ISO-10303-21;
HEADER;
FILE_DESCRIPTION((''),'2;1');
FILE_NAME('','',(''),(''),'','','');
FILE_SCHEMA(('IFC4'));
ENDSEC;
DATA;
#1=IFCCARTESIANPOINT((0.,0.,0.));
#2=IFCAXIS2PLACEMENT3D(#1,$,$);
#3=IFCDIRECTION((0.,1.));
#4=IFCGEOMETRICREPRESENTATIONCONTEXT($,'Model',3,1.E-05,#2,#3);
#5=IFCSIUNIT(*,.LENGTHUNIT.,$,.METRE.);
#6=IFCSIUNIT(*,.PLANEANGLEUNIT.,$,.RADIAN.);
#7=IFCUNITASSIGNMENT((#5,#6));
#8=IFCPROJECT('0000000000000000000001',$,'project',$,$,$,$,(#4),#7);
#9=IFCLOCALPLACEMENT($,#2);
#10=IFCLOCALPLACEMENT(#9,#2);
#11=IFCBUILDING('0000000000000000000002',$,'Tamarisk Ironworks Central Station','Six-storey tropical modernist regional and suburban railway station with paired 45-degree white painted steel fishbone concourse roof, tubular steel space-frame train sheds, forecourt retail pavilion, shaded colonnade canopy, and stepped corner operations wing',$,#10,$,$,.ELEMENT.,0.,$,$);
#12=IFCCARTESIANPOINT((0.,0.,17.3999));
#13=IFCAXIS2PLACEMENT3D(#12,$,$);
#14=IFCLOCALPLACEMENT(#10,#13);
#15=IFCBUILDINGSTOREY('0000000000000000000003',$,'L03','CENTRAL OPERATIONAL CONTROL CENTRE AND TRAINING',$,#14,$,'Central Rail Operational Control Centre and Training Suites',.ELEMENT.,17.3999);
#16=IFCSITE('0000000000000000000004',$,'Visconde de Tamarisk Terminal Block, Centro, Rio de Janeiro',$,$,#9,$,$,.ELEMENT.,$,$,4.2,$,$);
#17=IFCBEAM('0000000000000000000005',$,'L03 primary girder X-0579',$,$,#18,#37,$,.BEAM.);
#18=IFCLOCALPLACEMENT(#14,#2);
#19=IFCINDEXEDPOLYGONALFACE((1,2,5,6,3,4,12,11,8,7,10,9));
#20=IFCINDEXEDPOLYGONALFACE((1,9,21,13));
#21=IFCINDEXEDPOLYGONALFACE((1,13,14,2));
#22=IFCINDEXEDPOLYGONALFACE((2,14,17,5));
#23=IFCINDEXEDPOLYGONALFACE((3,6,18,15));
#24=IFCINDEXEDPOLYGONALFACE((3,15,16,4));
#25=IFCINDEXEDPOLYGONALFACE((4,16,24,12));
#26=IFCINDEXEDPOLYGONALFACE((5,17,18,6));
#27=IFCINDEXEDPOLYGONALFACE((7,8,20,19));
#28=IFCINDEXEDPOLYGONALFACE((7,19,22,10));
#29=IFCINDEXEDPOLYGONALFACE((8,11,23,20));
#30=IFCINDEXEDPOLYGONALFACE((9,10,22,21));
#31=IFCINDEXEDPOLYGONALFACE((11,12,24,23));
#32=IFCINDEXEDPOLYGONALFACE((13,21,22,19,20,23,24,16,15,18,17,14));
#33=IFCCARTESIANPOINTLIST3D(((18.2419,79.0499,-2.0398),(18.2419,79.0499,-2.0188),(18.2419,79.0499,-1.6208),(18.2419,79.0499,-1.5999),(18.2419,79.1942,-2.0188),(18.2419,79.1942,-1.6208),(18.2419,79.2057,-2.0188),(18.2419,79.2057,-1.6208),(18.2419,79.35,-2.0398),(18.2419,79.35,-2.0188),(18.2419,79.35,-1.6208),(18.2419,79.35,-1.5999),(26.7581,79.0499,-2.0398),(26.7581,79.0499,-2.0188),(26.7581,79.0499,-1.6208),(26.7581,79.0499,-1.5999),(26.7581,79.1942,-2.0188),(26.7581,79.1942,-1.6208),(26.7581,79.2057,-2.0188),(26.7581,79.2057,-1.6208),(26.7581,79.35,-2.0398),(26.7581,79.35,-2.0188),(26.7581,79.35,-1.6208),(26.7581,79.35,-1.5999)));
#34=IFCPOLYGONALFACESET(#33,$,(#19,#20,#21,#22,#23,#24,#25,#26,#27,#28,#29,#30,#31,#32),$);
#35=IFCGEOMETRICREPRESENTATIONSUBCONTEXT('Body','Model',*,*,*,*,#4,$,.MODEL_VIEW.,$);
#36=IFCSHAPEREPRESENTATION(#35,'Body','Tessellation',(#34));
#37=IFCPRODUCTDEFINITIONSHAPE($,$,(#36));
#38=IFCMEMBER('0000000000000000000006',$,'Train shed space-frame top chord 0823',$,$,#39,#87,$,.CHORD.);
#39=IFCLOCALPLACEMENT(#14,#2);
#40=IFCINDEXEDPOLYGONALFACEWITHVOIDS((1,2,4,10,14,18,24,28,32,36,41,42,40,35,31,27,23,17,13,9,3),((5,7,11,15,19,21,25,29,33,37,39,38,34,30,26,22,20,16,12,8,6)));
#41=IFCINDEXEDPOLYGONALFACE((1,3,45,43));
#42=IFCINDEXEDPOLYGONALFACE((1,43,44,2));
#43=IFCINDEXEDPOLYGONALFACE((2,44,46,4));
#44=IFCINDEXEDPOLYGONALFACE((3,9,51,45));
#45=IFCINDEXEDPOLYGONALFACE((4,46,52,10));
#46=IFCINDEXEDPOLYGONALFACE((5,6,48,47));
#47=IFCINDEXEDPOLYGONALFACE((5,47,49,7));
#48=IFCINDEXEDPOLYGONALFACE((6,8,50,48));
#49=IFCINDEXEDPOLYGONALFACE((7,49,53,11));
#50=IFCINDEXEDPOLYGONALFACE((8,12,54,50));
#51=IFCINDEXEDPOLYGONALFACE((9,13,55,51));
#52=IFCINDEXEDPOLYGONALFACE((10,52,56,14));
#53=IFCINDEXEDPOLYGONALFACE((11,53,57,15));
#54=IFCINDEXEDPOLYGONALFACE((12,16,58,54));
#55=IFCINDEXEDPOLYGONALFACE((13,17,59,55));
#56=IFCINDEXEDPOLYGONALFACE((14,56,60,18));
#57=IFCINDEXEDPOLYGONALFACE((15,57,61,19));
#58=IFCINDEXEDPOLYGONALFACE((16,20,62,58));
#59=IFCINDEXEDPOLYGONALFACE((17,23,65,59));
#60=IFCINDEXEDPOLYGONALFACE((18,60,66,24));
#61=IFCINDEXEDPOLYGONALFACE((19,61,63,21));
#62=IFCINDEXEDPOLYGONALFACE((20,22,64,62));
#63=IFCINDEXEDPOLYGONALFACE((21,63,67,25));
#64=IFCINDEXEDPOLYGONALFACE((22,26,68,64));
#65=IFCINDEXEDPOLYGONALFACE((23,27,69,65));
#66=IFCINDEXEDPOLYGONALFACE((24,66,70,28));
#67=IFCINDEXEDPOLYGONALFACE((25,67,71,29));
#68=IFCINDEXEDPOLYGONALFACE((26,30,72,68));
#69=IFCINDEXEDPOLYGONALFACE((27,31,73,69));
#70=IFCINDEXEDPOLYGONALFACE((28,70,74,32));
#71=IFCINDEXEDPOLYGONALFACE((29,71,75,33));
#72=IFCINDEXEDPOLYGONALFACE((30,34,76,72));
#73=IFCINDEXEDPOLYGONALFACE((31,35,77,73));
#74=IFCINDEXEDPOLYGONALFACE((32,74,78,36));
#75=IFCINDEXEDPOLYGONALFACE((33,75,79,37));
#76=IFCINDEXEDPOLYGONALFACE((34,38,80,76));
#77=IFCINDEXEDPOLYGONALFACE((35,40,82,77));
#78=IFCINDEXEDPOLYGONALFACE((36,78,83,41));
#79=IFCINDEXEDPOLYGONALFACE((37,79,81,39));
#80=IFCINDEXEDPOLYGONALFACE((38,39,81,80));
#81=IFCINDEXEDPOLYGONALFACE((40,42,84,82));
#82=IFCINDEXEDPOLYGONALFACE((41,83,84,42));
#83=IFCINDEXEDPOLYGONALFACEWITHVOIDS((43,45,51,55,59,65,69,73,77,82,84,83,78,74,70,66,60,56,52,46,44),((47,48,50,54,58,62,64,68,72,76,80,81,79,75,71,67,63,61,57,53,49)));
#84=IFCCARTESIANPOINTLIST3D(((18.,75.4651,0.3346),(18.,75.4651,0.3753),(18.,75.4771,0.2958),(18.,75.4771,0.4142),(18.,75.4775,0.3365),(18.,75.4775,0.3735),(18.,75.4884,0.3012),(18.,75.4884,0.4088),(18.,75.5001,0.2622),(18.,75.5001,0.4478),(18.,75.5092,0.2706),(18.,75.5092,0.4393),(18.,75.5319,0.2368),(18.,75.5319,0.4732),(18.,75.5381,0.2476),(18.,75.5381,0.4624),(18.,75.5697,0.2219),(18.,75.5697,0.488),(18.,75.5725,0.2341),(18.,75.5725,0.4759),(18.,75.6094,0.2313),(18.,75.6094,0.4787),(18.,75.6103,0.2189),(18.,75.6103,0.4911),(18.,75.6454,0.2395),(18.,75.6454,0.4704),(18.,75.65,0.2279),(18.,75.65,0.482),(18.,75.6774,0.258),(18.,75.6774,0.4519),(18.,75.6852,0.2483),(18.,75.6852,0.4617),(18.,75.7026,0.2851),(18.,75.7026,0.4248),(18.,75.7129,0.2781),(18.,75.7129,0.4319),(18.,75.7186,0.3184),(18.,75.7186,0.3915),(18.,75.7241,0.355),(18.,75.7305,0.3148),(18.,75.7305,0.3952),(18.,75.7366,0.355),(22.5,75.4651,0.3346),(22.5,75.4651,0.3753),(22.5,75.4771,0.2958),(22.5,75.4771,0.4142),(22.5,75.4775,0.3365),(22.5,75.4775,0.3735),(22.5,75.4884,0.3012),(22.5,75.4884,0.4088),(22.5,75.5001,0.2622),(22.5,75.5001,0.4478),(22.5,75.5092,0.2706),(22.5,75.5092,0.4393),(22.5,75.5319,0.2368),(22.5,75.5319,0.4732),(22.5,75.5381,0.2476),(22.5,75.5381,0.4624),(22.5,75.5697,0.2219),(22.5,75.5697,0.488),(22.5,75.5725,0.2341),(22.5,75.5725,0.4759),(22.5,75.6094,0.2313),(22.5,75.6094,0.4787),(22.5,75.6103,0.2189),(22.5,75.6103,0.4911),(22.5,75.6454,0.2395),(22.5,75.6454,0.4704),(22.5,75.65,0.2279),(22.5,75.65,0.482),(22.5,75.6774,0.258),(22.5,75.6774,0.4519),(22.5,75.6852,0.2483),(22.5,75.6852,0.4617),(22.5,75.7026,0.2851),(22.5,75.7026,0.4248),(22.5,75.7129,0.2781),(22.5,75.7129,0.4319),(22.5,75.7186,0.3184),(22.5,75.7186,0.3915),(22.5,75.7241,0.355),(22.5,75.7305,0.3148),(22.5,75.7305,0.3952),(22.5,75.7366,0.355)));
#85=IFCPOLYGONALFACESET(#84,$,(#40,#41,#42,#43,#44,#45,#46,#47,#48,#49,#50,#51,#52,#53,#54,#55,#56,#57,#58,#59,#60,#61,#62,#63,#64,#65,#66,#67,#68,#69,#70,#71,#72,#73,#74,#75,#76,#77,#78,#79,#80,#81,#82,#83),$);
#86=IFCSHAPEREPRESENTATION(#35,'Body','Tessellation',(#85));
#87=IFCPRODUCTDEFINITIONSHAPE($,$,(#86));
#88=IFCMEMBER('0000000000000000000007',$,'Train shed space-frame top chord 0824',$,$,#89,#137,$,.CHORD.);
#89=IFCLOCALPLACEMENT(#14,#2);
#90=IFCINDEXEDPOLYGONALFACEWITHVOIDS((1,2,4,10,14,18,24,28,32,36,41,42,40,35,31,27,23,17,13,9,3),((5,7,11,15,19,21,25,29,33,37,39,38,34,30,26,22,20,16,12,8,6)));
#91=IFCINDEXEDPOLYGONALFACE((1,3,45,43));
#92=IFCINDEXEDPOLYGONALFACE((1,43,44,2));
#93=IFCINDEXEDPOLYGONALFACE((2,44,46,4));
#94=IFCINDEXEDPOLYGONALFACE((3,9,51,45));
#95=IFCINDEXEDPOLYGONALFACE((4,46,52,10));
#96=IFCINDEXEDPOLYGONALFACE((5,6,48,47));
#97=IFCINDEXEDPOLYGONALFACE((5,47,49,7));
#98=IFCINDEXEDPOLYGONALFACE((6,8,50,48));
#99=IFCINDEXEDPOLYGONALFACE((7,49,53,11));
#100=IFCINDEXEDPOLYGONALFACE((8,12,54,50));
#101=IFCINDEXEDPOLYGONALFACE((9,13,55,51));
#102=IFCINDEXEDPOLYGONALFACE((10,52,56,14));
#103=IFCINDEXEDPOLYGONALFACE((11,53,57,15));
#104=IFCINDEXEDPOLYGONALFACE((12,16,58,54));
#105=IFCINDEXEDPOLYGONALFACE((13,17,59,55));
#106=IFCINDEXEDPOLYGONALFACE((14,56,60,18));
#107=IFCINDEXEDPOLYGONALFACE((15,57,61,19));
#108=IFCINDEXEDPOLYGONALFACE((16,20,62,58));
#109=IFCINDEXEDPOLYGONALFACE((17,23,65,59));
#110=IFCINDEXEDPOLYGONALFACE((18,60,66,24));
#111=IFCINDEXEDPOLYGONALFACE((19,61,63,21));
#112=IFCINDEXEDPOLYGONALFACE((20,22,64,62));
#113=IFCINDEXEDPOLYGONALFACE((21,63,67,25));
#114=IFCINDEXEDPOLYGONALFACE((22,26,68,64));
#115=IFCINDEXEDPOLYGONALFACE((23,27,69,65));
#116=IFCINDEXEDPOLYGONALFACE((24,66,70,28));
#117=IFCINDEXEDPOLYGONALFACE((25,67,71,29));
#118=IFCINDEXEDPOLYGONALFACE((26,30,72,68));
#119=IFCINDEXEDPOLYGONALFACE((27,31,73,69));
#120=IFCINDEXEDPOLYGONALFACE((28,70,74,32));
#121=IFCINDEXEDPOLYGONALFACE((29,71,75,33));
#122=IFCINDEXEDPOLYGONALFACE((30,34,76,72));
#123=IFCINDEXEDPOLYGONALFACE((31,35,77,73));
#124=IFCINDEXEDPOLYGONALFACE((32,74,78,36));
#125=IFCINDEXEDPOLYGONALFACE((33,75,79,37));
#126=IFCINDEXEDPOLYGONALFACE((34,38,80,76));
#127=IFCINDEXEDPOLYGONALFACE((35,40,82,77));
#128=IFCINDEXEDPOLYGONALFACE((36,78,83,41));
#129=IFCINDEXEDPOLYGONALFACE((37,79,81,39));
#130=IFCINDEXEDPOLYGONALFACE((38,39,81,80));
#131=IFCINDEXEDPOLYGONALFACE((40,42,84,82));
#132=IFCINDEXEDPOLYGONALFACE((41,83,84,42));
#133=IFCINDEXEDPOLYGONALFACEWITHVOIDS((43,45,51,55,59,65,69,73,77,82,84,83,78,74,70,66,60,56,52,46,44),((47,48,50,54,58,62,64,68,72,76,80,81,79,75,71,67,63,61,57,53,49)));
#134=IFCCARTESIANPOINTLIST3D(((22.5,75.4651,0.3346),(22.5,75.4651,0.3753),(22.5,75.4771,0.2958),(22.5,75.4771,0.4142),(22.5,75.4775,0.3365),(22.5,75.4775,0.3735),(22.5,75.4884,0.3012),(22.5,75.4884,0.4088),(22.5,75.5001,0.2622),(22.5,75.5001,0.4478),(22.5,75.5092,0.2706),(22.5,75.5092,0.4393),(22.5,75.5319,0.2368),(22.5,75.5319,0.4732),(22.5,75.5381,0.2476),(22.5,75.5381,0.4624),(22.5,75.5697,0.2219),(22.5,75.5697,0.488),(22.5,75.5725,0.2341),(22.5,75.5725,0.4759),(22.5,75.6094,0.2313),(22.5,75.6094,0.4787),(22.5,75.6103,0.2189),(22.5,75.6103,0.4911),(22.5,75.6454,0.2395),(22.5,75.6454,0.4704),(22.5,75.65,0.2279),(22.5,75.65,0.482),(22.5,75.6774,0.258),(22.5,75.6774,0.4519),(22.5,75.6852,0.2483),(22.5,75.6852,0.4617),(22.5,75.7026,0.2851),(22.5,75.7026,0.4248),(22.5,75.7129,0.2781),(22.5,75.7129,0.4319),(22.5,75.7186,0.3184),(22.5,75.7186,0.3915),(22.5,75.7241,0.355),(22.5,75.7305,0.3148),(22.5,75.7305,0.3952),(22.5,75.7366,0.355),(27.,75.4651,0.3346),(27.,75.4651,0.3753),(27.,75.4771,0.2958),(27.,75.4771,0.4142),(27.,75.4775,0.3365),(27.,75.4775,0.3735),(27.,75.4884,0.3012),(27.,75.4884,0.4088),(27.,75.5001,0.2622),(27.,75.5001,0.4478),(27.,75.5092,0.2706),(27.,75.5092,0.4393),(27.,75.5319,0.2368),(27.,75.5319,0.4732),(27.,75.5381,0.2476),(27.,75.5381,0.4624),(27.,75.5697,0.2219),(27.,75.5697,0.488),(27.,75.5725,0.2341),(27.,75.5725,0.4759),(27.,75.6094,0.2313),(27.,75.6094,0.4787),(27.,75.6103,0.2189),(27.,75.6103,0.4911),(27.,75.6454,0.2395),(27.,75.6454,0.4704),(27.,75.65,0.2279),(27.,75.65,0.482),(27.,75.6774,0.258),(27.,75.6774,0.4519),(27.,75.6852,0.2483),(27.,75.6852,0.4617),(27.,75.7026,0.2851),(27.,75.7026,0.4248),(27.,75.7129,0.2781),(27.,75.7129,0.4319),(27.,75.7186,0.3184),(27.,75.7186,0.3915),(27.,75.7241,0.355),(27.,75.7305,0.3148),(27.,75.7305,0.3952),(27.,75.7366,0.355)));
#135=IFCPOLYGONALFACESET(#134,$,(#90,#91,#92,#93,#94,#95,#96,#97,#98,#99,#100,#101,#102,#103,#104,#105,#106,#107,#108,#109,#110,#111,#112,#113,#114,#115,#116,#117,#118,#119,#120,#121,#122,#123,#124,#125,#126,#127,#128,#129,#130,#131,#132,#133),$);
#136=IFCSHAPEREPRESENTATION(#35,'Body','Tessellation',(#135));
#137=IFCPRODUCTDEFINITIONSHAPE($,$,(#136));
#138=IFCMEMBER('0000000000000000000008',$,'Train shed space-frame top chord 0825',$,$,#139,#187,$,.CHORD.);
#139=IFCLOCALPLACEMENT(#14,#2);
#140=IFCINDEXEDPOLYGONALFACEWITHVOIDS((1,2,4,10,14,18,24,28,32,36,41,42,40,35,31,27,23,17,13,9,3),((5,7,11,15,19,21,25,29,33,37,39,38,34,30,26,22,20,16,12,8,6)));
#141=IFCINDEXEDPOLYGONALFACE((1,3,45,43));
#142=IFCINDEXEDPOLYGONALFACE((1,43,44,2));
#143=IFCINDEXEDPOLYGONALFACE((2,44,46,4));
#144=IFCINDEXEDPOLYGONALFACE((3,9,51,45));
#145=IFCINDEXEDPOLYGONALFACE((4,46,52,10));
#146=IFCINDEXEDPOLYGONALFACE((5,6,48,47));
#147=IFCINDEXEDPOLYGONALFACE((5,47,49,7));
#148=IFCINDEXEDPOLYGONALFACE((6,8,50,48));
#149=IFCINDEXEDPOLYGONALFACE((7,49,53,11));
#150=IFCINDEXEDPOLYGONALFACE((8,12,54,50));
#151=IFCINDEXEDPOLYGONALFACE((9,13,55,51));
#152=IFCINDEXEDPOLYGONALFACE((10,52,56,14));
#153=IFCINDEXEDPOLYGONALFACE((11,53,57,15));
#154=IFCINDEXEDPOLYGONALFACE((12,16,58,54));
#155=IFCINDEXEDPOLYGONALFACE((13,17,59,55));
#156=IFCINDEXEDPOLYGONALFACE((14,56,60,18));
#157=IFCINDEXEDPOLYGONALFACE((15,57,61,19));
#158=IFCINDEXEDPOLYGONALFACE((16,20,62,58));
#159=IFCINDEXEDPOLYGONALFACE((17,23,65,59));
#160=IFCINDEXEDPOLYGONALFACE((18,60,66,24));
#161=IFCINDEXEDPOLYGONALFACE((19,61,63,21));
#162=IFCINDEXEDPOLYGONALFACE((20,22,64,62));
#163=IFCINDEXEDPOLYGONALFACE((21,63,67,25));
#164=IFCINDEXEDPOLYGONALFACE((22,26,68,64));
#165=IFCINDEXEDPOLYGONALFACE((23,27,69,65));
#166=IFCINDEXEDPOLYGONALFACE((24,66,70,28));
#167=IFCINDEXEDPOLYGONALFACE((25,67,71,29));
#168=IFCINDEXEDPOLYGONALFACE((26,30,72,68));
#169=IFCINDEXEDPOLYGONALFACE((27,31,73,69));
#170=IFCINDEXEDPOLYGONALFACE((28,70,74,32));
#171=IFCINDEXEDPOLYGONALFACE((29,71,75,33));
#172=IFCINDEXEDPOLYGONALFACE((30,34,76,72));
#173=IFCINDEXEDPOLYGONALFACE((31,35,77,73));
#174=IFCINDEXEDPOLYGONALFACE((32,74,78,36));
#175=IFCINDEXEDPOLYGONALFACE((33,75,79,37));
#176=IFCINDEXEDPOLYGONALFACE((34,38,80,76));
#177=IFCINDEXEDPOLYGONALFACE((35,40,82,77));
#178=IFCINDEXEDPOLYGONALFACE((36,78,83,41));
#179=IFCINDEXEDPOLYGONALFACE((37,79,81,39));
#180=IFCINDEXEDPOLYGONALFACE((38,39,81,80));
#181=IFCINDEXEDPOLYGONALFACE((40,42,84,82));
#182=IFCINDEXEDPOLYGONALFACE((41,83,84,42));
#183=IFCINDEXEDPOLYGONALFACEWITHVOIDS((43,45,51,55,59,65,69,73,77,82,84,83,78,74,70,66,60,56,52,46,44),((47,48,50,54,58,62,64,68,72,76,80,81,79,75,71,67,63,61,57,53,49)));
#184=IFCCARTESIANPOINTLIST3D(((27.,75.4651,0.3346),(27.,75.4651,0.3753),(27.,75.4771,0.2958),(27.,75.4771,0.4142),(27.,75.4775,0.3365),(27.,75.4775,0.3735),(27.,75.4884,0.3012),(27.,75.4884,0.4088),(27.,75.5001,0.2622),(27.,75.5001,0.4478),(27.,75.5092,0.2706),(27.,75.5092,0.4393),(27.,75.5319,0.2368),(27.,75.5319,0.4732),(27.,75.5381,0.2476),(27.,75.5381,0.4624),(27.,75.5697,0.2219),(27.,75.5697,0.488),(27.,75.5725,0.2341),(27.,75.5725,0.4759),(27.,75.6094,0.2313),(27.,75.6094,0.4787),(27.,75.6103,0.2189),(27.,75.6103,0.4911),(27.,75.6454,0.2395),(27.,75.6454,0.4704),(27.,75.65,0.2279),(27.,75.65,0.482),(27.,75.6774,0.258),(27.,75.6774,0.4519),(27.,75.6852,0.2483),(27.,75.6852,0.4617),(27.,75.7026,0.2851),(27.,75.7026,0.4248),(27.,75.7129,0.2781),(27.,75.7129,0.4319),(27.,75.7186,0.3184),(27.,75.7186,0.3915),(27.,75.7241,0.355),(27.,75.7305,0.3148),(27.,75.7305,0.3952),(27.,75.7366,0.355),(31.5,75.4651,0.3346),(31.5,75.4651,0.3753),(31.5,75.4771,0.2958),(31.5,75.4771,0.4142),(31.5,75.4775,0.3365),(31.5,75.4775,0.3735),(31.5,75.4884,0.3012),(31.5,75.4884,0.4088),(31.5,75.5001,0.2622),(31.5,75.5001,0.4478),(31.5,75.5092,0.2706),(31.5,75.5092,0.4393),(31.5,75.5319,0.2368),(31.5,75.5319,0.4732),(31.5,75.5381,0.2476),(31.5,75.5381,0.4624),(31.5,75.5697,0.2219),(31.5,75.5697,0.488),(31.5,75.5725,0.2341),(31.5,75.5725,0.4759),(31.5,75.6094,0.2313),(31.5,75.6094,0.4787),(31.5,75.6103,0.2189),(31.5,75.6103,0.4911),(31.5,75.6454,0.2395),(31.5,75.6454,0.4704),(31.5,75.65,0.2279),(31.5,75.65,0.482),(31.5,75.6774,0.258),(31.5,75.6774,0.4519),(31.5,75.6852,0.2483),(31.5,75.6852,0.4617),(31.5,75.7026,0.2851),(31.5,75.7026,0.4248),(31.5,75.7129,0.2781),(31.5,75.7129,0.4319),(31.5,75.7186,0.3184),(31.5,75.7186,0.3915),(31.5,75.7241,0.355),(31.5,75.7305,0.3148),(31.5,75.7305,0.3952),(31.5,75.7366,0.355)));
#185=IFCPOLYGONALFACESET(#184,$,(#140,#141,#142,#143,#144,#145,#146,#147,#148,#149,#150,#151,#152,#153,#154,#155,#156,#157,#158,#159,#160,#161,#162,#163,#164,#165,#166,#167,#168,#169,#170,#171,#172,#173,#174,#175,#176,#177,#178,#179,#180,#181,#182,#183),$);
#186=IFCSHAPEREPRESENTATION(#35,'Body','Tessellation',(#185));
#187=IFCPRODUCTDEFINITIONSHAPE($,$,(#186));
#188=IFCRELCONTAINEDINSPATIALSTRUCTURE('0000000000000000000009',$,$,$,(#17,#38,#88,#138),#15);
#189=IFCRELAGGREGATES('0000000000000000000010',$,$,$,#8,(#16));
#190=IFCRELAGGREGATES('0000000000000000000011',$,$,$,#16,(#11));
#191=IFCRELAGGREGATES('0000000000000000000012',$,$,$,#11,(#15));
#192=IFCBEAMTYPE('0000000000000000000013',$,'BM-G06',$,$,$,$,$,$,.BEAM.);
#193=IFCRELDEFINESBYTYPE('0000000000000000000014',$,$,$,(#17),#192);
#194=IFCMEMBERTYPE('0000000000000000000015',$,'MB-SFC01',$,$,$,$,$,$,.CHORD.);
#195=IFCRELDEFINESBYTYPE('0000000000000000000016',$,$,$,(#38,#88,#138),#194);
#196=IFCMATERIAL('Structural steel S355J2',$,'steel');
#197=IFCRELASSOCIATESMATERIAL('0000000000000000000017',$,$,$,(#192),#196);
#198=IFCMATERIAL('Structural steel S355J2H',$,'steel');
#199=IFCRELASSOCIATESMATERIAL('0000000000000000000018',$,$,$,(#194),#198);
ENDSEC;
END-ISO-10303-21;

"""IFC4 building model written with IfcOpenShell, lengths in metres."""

from ifc_helpers import new_model, si_unit, direction, frame, origin, origin_2d, place, context, subcontext, project, spatial, hollow_circle, i_section, extrude, material, material_profile, profile_set, type_object, element, save


model = new_model("IFC4")

# Units and contexts
model_context = context("Model", 3, precision=1e-05, world=origin(), true_north=direction((0.0, 1.0)))
body_context = subcontext(model_context, "Body", "Model", "MODEL_VIEW")
ifc_project = project(units=[si_unit("LENGTHUNIT", "METRE"), si_unit("PLANEANGLEUNIT", "RADIAN")], contexts=[model_context])

# Site, building, storey
site_placement = place(None, origin())
site = spatial("IfcSite", under=ifc_project, at=site_placement, Name="Visconde de Tamarisk Terminal Block, Centro, Rio de Janeiro", CompositionType="ELEMENT", RefElevation=4.2)
building_placement = place(site_placement, origin())
building = spatial("IfcBuilding", under=site, at=building_placement, Name="Tamarisk Ironworks Central Station", Description="Six-storey tropical modernist regional and suburban railway station with paired 45-degree white painted steel fishbone concourse roof, tubular steel space-frame train sheds, forecourt retail pavilion, shaded colonnade canopy, and stepped corner operations wing", CompositionType="ELEMENT", ElevationOfRefHeight=0.0)
storey_placement = place(building_placement, frame((0.0, 0.0, 17.3999)))
storey = spatial("IfcBuildingStorey", under=building, at=storey_placement, Name="L03", Description="CENTRAL OPERATIONAL CONTROL CENTRE AND TRAINING", LongName="Central Rail Operational Control Centre and Training Suites", CompositionType="ELEMENT", Elevation=17.3999)

# Beam
ifc_material_1 = material(Name="Structural steel S355J2", Category="steel")
ifc_material_profile_1 = material_profile(ifc_material_1, i_section(OverallWidth=0.3, OverallDepth=0.4399, WebThickness=0.0115, FlangeThickness=0.021, at=origin_2d()), Name="HEA 450")
ifc_profile_set_1 = profile_set([ifc_material_profile_1], Name="Structural steel S355J2")
beam_type = type_object("IfcBeamType", Name="BM-G06", PredefinedType="BEAM", material=ifc_profile_set_1)
beam_placement = place(storey_placement, frame((18.2419, 79.2, -1.8198), z_axis=(1.0, 0.0, 0.0), x_axis=(0.0, 1.0, 0.0)))
element("IfcBeam", 1, at=beam_placement, inside=storey, type_object=beam_type, Name="L03 primary girder X-0579", PredefinedType="BEAM", context=body_context, shape_type="SweptSolid", body=[
    extrude(i_section(OverallWidth=0.3, OverallDepth=0.4399, WebThickness=0.0115, FlangeThickness=0.021, at=origin_2d()), origin(), (0.0, 0.0, 1.0), 8.5161),
])

# Members
ifc_material_2 = material(Name="Structural steel S355J2H", Category="steel")
ifc_material_profile_2 = material_profile(ifc_material_2, hollow_circle(Radius=0.1365, WallThickness=0.0125, at=origin_2d()), Name="CHS 273x12.5")
ifc_profile_set_2 = profile_set([ifc_material_profile_2], Name="Structural steel S355J2H")
member_type_1 = type_object("IfcMemberType", Name="MB-SFC01", PredefinedType="CHORD", material=ifc_profile_set_2)
for number, where, z_axis, x_axis, name in (
    (2, (18.0, 75.6001, 0.355), (1.0, 0.0, 0.0), (0.0, 1.0, 0.0), "Train shed space-frame top chord 0823"),
    (3, (22.5, 75.6001, 0.355), (1.0, 0.0, 0.0), (0.0, 1.0, 0.0), "Train shed space-frame top chord 0824"),
    (4, (27.0, 75.6001, 0.355), (1.0, 0.0, 0.0), (0.0, 1.0, 0.0), "Train shed space-frame top chord 0825"),
):
    element("IfcMember", number, at=place(storey_placement, frame(where, z_axis=z_axis, x_axis=x_axis)), inside=storey, type_object=member_type_1, Name=name, PredefinedType="CHORD", context=body_context, shape_type="SweptSolid", body=[
        extrude(hollow_circle(Radius=0.1365, WallThickness=0.0125, at=origin_2d()), origin(), (0.0, 0.0, 1.0), 4.5),
    ])

save(model, "model.ifc")
